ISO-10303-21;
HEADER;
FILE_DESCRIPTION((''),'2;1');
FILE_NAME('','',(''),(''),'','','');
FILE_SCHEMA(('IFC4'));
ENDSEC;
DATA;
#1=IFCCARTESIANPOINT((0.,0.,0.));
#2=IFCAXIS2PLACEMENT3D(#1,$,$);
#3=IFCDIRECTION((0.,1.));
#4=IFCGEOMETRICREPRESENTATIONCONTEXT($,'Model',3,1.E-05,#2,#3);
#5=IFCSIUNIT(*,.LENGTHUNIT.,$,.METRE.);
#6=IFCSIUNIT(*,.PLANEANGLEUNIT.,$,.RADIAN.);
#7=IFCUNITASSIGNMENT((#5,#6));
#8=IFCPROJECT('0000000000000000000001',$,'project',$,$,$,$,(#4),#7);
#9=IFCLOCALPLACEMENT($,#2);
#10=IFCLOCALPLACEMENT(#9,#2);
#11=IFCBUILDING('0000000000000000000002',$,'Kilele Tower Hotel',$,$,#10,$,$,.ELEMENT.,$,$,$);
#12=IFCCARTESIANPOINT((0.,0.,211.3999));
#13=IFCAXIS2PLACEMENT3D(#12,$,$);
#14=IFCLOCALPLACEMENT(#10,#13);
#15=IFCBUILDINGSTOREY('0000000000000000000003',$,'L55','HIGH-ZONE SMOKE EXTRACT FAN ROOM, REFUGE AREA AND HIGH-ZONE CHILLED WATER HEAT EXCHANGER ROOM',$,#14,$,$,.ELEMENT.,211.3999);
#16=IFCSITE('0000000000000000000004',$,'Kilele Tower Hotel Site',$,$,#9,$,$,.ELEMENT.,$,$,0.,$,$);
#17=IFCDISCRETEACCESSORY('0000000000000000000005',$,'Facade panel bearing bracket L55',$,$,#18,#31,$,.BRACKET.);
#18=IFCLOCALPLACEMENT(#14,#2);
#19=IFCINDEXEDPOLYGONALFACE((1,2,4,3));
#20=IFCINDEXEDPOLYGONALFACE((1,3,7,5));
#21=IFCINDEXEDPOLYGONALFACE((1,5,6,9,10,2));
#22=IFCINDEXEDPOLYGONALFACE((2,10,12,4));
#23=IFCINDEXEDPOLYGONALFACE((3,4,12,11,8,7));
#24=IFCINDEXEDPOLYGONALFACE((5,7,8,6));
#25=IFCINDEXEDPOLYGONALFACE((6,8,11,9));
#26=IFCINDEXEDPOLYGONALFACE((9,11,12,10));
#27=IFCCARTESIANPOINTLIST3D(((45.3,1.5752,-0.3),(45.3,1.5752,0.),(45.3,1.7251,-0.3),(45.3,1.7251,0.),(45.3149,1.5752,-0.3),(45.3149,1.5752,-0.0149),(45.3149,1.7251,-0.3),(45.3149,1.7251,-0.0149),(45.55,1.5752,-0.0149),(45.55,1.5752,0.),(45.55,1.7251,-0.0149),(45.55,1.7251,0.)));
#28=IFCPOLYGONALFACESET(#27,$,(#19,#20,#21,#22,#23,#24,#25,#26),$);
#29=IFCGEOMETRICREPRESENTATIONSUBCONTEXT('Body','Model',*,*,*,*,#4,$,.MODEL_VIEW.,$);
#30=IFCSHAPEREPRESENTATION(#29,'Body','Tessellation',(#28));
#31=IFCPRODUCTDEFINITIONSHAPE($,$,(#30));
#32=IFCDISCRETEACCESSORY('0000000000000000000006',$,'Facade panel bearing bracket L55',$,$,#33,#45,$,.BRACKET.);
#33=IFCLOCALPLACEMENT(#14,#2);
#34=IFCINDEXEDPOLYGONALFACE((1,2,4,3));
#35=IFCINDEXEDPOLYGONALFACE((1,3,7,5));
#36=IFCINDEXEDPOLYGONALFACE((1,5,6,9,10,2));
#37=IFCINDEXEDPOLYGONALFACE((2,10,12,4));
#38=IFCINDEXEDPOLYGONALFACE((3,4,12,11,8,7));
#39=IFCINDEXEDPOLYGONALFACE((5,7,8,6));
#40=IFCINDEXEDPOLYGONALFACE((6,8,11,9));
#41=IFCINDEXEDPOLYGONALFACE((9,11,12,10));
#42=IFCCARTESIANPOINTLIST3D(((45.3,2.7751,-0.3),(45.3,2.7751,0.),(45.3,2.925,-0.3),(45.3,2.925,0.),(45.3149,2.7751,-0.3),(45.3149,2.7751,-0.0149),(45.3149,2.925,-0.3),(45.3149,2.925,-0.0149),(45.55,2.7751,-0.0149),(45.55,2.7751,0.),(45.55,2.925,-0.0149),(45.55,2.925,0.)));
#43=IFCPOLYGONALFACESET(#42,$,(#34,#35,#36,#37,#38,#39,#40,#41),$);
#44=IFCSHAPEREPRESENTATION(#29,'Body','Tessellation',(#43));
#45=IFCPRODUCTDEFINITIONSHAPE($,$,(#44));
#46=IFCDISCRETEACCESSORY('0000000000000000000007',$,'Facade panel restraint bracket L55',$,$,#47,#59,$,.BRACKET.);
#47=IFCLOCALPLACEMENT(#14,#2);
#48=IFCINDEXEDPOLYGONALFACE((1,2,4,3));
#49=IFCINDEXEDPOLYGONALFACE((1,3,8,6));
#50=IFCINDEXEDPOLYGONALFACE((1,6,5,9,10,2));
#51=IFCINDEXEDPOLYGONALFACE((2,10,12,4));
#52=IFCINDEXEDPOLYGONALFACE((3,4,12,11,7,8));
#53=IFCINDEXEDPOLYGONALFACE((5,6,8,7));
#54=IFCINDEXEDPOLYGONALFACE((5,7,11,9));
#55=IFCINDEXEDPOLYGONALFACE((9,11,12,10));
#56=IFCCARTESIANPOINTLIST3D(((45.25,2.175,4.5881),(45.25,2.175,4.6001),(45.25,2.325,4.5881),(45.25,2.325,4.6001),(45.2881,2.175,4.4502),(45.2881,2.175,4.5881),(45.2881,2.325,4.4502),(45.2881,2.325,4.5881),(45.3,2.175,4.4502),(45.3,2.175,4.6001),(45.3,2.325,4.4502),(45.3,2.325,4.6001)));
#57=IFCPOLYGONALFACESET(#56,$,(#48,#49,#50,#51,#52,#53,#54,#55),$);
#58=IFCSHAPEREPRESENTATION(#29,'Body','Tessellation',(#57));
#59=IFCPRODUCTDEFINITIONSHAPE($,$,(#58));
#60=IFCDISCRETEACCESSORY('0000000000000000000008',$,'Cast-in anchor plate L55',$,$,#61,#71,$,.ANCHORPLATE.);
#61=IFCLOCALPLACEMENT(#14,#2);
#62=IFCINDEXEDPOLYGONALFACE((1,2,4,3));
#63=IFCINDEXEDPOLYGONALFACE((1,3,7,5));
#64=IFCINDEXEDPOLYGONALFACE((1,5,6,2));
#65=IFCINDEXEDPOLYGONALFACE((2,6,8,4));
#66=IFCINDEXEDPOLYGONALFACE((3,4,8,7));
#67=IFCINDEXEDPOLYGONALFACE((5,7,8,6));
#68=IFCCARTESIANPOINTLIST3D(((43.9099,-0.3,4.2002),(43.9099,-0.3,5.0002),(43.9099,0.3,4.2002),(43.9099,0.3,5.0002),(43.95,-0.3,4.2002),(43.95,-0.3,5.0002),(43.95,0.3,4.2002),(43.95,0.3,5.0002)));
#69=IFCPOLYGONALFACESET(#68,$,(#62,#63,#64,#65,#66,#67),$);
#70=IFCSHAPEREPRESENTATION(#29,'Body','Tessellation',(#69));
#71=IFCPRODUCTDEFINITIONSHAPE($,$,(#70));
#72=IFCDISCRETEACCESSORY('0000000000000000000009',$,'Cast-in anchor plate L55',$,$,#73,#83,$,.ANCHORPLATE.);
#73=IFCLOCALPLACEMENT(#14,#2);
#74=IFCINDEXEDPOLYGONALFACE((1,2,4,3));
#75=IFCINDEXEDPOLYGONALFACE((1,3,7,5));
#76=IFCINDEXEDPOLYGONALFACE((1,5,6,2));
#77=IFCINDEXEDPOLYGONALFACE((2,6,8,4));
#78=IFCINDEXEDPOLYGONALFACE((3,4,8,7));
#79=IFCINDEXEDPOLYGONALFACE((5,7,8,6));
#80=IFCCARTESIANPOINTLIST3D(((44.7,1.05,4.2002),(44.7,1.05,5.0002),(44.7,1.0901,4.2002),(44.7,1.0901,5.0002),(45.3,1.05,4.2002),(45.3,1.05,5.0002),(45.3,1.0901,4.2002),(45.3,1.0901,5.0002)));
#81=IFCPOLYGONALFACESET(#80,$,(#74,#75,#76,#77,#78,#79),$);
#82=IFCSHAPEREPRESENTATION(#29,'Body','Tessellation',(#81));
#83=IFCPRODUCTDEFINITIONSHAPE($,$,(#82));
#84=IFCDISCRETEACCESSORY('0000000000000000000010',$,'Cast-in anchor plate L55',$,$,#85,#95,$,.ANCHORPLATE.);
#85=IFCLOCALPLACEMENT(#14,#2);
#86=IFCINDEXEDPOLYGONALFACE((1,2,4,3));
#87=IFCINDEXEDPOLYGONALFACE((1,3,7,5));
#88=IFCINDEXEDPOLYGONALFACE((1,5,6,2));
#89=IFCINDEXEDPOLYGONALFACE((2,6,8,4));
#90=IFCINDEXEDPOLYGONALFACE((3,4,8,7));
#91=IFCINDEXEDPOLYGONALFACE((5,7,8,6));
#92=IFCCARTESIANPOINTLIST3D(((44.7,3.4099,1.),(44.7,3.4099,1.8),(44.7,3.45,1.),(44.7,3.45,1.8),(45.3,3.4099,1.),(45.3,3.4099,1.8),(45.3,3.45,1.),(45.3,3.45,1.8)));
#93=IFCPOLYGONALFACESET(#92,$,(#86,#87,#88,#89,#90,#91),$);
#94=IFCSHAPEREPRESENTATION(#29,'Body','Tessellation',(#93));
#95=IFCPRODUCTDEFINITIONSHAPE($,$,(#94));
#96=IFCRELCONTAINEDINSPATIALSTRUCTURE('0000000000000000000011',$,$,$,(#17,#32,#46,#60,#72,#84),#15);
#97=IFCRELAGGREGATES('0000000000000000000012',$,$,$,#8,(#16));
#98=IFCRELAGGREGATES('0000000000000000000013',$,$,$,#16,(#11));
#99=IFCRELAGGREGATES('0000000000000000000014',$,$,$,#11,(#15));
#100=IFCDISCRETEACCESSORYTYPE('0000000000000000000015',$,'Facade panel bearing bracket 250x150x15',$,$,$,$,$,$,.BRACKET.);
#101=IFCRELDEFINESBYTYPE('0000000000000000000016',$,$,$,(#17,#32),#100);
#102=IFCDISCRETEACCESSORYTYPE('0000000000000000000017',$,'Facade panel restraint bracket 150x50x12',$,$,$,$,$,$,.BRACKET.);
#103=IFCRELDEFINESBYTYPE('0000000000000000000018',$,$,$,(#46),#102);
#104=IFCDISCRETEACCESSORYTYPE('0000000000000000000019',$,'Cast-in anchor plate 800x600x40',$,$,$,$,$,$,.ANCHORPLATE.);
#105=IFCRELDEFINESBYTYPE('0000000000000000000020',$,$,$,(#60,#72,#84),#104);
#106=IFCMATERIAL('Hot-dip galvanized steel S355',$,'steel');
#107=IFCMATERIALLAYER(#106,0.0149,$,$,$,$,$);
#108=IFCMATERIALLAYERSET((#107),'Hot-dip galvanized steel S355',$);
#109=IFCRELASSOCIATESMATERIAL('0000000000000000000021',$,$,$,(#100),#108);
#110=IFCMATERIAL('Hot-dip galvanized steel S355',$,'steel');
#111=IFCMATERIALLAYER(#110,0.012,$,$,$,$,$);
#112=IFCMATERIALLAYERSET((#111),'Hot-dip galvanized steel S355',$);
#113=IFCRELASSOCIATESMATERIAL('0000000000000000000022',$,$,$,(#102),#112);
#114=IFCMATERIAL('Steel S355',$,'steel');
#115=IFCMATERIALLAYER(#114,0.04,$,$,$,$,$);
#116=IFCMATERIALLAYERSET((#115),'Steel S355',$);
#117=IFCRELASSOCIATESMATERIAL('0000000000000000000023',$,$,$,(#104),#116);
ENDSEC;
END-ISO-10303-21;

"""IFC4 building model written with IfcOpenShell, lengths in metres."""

from ifc_helpers import new_model, si_unit, direction, frame, origin, place, context, subcontext, project, spatial, polyline, outline, extrude, source, transform, mapped, material, layer, layer_set, type_object, element, save


model = new_model("IFC4")

# Units and contexts
model_context = context("Model", 3, precision=1e-05, world=origin(), true_north=direction((0.0, 1.0)))
body_context = subcontext(model_context, "Body", "Model", "MODEL_VIEW")
ifc_project = project(units=[si_unit("LENGTHUNIT", "METRE"), si_unit("PLANEANGLEUNIT", "RADIAN")], contexts=[model_context])

# Site, building, storey
site_placement = place(None, origin())
site = spatial("IfcSite", under=ifc_project, at=site_placement, Name="Kilele Tower Hotel Site", CompositionType="ELEMENT", RefElevation=0.0)
building_placement = place(site_placement, origin())
building = spatial("IfcBuilding", under=site, at=building_placement, Name="Kilele Tower Hotel", CompositionType="ELEMENT")
storey_placement = place(building_placement, frame((0.0, 0.0, 211.3999)))
storey = spatial("IfcBuildingStorey", under=building, at=storey_placement, Name="L55", Description="HIGH-ZONE SMOKE EXTRACT FAN ROOM, REFUGE AREA AND HIGH-ZONE CHILLED WATER HEAT EXCHANGER ROOM", CompositionType="ELEMENT", Elevation=211.3999)

# Discrete accessories
ifc_material_1 = material(Name="Hot-dip galvanized steel S355", Category="steel")
ifc_layer_1 = layer(ifc_material_1, 0.0149)
ifc_layer_set_1 = layer_set([ifc_layer_1], Name="Hot-dip galvanized steel S355")
discrete_accessory_type_1 = type_object("IfcDiscreteAccessoryType", Name="Facade panel bearing bracket 250x150x15", PredefinedType="BRACKET", material=ifc_layer_set_1)
shared_shape_1 = source(origin(), body_context, "Body", "SweptSolid", [
    extrude(outline(polyline([(0.0, 0.0), (0.25, 0.0), (0.25, -0.0149), (0.0149, -0.0149), (0.0149, -0.3), (0.0, -0.3), (0.0, 0.0)])), origin(), (0.0, 0.0, 1.0), 0.1499),
])
for number, where, z_axis, x_axis, name in (
    (1, (45.3, 1.7251, 0.0), (0.0, -1.0, 0.0), (1.0, 0.0, 0.0), "Facade panel bearing bracket L55"),
    (2, (45.3, 2.925, 0.0), (0.0, -1.0, 0.0), (1.0, 0.0, 0.0), "Facade panel bearing bracket L55"),
):
    element("IfcDiscreteAccessory", number, at=place(storey_placement, frame(where, z_axis=z_axis, x_axis=x_axis)), inside=storey, type_object=discrete_accessory_type_1, Name=name, PredefinedType="BRACKET", context=body_context, shape_type="MappedRepresentation", body=[
        mapped(shared_shape_1, transform((0.0, 0.0, 0.0))),
    ])
ifc_material_2 = material(Name="Hot-dip galvanized steel S355", Category="steel")
ifc_layer_2 = layer(ifc_material_2, 0.012)
ifc_layer_set_2 = layer_set([ifc_layer_2], Name="Hot-dip galvanized steel S355")
discrete_accessory_type_2 = type_object("IfcDiscreteAccessoryType", Name="Facade panel restraint bracket 150x50x12", PredefinedType="BRACKET", material=ifc_layer_set_2)
shared_shape_2 = source(origin(), body_context, "Body", "SweptSolid", [
    extrude(outline(polyline([(0.0, 0.0), (0.0, -0.1499), (-0.012, -0.1499), (-0.012, -0.012), (-0.05, -0.012), (-0.05, 0.0), (0.0, 0.0)])), origin(), (0.0, 0.0, 1.0), 0.1499),
])
discrete_accessory_placement = place(storey_placement, frame((45.3, 2.325, 4.6001), z_axis=(0.0, -1.0, 0.0), x_axis=(1.0, 0.0, 0.0)))
element("IfcDiscreteAccessory", 3, at=discrete_accessory_placement, inside=storey, type_object=discrete_accessory_type_2, Name="Facade panel restraint bracket L55", PredefinedType="BRACKET", context=body_context, shape_type="MappedRepresentation", body=[
    mapped(shared_shape_2, transform((0.0, 0.0, 0.0))),
])
ifc_material_3 = material(Name="Steel S355", Category="steel")
ifc_layer_3 = layer(ifc_material_3, 0.04)
ifc_layer_set_3 = layer_set([ifc_layer_3], Name="Steel S355")
discrete_accessory_type_3 = type_object("IfcDiscreteAccessoryType", Name="Cast-in anchor plate 800x600x40", PredefinedType="ANCHORPLATE", material=ifc_layer_set_3)
shared_shape_3 = source(origin(), body_context, "Body", "SweptSolid", [
    extrude(outline(polyline([(0.0, 0.0), (0.04, 0.0), (0.04, 0.8), (0.0, 0.8), (0.0, 0.0)])), origin(), (0.0, 0.0, 1.0), 0.6001),
])
for number, where, z_axis, x_axis, name in (
    (4, (43.95, -0.3, 4.2002), (0.0, 1.0, 0.0), (-1.0, 0.0, 0.0), "Cast-in anchor plate L55"),
    (5, (44.7, 1.05, 4.2002), (1.0, 0.0, 0.0), (0.0, 1.0, 0.0), "Cast-in anchor plate L55"),
    (6, (45.3, 3.45, 1.0), (-1.0, 0.0, 0.0), (0.0, -1.0, 0.0), "Cast-in anchor plate L55"),
):
    element("IfcDiscreteAccessory", number, at=place(storey_placement, frame(where, z_axis=z_axis, x_axis=x_axis)), inside=storey, type_object=discrete_accessory_type_3, Name=name, PredefinedType="ANCHORPLATE", context=body_context, shape_type="MappedRepresentation", body=[
        mapped(shared_shape_3, transform((0.0, 0.0, 0.0))),
    ])

save(model, "model.ifc")
